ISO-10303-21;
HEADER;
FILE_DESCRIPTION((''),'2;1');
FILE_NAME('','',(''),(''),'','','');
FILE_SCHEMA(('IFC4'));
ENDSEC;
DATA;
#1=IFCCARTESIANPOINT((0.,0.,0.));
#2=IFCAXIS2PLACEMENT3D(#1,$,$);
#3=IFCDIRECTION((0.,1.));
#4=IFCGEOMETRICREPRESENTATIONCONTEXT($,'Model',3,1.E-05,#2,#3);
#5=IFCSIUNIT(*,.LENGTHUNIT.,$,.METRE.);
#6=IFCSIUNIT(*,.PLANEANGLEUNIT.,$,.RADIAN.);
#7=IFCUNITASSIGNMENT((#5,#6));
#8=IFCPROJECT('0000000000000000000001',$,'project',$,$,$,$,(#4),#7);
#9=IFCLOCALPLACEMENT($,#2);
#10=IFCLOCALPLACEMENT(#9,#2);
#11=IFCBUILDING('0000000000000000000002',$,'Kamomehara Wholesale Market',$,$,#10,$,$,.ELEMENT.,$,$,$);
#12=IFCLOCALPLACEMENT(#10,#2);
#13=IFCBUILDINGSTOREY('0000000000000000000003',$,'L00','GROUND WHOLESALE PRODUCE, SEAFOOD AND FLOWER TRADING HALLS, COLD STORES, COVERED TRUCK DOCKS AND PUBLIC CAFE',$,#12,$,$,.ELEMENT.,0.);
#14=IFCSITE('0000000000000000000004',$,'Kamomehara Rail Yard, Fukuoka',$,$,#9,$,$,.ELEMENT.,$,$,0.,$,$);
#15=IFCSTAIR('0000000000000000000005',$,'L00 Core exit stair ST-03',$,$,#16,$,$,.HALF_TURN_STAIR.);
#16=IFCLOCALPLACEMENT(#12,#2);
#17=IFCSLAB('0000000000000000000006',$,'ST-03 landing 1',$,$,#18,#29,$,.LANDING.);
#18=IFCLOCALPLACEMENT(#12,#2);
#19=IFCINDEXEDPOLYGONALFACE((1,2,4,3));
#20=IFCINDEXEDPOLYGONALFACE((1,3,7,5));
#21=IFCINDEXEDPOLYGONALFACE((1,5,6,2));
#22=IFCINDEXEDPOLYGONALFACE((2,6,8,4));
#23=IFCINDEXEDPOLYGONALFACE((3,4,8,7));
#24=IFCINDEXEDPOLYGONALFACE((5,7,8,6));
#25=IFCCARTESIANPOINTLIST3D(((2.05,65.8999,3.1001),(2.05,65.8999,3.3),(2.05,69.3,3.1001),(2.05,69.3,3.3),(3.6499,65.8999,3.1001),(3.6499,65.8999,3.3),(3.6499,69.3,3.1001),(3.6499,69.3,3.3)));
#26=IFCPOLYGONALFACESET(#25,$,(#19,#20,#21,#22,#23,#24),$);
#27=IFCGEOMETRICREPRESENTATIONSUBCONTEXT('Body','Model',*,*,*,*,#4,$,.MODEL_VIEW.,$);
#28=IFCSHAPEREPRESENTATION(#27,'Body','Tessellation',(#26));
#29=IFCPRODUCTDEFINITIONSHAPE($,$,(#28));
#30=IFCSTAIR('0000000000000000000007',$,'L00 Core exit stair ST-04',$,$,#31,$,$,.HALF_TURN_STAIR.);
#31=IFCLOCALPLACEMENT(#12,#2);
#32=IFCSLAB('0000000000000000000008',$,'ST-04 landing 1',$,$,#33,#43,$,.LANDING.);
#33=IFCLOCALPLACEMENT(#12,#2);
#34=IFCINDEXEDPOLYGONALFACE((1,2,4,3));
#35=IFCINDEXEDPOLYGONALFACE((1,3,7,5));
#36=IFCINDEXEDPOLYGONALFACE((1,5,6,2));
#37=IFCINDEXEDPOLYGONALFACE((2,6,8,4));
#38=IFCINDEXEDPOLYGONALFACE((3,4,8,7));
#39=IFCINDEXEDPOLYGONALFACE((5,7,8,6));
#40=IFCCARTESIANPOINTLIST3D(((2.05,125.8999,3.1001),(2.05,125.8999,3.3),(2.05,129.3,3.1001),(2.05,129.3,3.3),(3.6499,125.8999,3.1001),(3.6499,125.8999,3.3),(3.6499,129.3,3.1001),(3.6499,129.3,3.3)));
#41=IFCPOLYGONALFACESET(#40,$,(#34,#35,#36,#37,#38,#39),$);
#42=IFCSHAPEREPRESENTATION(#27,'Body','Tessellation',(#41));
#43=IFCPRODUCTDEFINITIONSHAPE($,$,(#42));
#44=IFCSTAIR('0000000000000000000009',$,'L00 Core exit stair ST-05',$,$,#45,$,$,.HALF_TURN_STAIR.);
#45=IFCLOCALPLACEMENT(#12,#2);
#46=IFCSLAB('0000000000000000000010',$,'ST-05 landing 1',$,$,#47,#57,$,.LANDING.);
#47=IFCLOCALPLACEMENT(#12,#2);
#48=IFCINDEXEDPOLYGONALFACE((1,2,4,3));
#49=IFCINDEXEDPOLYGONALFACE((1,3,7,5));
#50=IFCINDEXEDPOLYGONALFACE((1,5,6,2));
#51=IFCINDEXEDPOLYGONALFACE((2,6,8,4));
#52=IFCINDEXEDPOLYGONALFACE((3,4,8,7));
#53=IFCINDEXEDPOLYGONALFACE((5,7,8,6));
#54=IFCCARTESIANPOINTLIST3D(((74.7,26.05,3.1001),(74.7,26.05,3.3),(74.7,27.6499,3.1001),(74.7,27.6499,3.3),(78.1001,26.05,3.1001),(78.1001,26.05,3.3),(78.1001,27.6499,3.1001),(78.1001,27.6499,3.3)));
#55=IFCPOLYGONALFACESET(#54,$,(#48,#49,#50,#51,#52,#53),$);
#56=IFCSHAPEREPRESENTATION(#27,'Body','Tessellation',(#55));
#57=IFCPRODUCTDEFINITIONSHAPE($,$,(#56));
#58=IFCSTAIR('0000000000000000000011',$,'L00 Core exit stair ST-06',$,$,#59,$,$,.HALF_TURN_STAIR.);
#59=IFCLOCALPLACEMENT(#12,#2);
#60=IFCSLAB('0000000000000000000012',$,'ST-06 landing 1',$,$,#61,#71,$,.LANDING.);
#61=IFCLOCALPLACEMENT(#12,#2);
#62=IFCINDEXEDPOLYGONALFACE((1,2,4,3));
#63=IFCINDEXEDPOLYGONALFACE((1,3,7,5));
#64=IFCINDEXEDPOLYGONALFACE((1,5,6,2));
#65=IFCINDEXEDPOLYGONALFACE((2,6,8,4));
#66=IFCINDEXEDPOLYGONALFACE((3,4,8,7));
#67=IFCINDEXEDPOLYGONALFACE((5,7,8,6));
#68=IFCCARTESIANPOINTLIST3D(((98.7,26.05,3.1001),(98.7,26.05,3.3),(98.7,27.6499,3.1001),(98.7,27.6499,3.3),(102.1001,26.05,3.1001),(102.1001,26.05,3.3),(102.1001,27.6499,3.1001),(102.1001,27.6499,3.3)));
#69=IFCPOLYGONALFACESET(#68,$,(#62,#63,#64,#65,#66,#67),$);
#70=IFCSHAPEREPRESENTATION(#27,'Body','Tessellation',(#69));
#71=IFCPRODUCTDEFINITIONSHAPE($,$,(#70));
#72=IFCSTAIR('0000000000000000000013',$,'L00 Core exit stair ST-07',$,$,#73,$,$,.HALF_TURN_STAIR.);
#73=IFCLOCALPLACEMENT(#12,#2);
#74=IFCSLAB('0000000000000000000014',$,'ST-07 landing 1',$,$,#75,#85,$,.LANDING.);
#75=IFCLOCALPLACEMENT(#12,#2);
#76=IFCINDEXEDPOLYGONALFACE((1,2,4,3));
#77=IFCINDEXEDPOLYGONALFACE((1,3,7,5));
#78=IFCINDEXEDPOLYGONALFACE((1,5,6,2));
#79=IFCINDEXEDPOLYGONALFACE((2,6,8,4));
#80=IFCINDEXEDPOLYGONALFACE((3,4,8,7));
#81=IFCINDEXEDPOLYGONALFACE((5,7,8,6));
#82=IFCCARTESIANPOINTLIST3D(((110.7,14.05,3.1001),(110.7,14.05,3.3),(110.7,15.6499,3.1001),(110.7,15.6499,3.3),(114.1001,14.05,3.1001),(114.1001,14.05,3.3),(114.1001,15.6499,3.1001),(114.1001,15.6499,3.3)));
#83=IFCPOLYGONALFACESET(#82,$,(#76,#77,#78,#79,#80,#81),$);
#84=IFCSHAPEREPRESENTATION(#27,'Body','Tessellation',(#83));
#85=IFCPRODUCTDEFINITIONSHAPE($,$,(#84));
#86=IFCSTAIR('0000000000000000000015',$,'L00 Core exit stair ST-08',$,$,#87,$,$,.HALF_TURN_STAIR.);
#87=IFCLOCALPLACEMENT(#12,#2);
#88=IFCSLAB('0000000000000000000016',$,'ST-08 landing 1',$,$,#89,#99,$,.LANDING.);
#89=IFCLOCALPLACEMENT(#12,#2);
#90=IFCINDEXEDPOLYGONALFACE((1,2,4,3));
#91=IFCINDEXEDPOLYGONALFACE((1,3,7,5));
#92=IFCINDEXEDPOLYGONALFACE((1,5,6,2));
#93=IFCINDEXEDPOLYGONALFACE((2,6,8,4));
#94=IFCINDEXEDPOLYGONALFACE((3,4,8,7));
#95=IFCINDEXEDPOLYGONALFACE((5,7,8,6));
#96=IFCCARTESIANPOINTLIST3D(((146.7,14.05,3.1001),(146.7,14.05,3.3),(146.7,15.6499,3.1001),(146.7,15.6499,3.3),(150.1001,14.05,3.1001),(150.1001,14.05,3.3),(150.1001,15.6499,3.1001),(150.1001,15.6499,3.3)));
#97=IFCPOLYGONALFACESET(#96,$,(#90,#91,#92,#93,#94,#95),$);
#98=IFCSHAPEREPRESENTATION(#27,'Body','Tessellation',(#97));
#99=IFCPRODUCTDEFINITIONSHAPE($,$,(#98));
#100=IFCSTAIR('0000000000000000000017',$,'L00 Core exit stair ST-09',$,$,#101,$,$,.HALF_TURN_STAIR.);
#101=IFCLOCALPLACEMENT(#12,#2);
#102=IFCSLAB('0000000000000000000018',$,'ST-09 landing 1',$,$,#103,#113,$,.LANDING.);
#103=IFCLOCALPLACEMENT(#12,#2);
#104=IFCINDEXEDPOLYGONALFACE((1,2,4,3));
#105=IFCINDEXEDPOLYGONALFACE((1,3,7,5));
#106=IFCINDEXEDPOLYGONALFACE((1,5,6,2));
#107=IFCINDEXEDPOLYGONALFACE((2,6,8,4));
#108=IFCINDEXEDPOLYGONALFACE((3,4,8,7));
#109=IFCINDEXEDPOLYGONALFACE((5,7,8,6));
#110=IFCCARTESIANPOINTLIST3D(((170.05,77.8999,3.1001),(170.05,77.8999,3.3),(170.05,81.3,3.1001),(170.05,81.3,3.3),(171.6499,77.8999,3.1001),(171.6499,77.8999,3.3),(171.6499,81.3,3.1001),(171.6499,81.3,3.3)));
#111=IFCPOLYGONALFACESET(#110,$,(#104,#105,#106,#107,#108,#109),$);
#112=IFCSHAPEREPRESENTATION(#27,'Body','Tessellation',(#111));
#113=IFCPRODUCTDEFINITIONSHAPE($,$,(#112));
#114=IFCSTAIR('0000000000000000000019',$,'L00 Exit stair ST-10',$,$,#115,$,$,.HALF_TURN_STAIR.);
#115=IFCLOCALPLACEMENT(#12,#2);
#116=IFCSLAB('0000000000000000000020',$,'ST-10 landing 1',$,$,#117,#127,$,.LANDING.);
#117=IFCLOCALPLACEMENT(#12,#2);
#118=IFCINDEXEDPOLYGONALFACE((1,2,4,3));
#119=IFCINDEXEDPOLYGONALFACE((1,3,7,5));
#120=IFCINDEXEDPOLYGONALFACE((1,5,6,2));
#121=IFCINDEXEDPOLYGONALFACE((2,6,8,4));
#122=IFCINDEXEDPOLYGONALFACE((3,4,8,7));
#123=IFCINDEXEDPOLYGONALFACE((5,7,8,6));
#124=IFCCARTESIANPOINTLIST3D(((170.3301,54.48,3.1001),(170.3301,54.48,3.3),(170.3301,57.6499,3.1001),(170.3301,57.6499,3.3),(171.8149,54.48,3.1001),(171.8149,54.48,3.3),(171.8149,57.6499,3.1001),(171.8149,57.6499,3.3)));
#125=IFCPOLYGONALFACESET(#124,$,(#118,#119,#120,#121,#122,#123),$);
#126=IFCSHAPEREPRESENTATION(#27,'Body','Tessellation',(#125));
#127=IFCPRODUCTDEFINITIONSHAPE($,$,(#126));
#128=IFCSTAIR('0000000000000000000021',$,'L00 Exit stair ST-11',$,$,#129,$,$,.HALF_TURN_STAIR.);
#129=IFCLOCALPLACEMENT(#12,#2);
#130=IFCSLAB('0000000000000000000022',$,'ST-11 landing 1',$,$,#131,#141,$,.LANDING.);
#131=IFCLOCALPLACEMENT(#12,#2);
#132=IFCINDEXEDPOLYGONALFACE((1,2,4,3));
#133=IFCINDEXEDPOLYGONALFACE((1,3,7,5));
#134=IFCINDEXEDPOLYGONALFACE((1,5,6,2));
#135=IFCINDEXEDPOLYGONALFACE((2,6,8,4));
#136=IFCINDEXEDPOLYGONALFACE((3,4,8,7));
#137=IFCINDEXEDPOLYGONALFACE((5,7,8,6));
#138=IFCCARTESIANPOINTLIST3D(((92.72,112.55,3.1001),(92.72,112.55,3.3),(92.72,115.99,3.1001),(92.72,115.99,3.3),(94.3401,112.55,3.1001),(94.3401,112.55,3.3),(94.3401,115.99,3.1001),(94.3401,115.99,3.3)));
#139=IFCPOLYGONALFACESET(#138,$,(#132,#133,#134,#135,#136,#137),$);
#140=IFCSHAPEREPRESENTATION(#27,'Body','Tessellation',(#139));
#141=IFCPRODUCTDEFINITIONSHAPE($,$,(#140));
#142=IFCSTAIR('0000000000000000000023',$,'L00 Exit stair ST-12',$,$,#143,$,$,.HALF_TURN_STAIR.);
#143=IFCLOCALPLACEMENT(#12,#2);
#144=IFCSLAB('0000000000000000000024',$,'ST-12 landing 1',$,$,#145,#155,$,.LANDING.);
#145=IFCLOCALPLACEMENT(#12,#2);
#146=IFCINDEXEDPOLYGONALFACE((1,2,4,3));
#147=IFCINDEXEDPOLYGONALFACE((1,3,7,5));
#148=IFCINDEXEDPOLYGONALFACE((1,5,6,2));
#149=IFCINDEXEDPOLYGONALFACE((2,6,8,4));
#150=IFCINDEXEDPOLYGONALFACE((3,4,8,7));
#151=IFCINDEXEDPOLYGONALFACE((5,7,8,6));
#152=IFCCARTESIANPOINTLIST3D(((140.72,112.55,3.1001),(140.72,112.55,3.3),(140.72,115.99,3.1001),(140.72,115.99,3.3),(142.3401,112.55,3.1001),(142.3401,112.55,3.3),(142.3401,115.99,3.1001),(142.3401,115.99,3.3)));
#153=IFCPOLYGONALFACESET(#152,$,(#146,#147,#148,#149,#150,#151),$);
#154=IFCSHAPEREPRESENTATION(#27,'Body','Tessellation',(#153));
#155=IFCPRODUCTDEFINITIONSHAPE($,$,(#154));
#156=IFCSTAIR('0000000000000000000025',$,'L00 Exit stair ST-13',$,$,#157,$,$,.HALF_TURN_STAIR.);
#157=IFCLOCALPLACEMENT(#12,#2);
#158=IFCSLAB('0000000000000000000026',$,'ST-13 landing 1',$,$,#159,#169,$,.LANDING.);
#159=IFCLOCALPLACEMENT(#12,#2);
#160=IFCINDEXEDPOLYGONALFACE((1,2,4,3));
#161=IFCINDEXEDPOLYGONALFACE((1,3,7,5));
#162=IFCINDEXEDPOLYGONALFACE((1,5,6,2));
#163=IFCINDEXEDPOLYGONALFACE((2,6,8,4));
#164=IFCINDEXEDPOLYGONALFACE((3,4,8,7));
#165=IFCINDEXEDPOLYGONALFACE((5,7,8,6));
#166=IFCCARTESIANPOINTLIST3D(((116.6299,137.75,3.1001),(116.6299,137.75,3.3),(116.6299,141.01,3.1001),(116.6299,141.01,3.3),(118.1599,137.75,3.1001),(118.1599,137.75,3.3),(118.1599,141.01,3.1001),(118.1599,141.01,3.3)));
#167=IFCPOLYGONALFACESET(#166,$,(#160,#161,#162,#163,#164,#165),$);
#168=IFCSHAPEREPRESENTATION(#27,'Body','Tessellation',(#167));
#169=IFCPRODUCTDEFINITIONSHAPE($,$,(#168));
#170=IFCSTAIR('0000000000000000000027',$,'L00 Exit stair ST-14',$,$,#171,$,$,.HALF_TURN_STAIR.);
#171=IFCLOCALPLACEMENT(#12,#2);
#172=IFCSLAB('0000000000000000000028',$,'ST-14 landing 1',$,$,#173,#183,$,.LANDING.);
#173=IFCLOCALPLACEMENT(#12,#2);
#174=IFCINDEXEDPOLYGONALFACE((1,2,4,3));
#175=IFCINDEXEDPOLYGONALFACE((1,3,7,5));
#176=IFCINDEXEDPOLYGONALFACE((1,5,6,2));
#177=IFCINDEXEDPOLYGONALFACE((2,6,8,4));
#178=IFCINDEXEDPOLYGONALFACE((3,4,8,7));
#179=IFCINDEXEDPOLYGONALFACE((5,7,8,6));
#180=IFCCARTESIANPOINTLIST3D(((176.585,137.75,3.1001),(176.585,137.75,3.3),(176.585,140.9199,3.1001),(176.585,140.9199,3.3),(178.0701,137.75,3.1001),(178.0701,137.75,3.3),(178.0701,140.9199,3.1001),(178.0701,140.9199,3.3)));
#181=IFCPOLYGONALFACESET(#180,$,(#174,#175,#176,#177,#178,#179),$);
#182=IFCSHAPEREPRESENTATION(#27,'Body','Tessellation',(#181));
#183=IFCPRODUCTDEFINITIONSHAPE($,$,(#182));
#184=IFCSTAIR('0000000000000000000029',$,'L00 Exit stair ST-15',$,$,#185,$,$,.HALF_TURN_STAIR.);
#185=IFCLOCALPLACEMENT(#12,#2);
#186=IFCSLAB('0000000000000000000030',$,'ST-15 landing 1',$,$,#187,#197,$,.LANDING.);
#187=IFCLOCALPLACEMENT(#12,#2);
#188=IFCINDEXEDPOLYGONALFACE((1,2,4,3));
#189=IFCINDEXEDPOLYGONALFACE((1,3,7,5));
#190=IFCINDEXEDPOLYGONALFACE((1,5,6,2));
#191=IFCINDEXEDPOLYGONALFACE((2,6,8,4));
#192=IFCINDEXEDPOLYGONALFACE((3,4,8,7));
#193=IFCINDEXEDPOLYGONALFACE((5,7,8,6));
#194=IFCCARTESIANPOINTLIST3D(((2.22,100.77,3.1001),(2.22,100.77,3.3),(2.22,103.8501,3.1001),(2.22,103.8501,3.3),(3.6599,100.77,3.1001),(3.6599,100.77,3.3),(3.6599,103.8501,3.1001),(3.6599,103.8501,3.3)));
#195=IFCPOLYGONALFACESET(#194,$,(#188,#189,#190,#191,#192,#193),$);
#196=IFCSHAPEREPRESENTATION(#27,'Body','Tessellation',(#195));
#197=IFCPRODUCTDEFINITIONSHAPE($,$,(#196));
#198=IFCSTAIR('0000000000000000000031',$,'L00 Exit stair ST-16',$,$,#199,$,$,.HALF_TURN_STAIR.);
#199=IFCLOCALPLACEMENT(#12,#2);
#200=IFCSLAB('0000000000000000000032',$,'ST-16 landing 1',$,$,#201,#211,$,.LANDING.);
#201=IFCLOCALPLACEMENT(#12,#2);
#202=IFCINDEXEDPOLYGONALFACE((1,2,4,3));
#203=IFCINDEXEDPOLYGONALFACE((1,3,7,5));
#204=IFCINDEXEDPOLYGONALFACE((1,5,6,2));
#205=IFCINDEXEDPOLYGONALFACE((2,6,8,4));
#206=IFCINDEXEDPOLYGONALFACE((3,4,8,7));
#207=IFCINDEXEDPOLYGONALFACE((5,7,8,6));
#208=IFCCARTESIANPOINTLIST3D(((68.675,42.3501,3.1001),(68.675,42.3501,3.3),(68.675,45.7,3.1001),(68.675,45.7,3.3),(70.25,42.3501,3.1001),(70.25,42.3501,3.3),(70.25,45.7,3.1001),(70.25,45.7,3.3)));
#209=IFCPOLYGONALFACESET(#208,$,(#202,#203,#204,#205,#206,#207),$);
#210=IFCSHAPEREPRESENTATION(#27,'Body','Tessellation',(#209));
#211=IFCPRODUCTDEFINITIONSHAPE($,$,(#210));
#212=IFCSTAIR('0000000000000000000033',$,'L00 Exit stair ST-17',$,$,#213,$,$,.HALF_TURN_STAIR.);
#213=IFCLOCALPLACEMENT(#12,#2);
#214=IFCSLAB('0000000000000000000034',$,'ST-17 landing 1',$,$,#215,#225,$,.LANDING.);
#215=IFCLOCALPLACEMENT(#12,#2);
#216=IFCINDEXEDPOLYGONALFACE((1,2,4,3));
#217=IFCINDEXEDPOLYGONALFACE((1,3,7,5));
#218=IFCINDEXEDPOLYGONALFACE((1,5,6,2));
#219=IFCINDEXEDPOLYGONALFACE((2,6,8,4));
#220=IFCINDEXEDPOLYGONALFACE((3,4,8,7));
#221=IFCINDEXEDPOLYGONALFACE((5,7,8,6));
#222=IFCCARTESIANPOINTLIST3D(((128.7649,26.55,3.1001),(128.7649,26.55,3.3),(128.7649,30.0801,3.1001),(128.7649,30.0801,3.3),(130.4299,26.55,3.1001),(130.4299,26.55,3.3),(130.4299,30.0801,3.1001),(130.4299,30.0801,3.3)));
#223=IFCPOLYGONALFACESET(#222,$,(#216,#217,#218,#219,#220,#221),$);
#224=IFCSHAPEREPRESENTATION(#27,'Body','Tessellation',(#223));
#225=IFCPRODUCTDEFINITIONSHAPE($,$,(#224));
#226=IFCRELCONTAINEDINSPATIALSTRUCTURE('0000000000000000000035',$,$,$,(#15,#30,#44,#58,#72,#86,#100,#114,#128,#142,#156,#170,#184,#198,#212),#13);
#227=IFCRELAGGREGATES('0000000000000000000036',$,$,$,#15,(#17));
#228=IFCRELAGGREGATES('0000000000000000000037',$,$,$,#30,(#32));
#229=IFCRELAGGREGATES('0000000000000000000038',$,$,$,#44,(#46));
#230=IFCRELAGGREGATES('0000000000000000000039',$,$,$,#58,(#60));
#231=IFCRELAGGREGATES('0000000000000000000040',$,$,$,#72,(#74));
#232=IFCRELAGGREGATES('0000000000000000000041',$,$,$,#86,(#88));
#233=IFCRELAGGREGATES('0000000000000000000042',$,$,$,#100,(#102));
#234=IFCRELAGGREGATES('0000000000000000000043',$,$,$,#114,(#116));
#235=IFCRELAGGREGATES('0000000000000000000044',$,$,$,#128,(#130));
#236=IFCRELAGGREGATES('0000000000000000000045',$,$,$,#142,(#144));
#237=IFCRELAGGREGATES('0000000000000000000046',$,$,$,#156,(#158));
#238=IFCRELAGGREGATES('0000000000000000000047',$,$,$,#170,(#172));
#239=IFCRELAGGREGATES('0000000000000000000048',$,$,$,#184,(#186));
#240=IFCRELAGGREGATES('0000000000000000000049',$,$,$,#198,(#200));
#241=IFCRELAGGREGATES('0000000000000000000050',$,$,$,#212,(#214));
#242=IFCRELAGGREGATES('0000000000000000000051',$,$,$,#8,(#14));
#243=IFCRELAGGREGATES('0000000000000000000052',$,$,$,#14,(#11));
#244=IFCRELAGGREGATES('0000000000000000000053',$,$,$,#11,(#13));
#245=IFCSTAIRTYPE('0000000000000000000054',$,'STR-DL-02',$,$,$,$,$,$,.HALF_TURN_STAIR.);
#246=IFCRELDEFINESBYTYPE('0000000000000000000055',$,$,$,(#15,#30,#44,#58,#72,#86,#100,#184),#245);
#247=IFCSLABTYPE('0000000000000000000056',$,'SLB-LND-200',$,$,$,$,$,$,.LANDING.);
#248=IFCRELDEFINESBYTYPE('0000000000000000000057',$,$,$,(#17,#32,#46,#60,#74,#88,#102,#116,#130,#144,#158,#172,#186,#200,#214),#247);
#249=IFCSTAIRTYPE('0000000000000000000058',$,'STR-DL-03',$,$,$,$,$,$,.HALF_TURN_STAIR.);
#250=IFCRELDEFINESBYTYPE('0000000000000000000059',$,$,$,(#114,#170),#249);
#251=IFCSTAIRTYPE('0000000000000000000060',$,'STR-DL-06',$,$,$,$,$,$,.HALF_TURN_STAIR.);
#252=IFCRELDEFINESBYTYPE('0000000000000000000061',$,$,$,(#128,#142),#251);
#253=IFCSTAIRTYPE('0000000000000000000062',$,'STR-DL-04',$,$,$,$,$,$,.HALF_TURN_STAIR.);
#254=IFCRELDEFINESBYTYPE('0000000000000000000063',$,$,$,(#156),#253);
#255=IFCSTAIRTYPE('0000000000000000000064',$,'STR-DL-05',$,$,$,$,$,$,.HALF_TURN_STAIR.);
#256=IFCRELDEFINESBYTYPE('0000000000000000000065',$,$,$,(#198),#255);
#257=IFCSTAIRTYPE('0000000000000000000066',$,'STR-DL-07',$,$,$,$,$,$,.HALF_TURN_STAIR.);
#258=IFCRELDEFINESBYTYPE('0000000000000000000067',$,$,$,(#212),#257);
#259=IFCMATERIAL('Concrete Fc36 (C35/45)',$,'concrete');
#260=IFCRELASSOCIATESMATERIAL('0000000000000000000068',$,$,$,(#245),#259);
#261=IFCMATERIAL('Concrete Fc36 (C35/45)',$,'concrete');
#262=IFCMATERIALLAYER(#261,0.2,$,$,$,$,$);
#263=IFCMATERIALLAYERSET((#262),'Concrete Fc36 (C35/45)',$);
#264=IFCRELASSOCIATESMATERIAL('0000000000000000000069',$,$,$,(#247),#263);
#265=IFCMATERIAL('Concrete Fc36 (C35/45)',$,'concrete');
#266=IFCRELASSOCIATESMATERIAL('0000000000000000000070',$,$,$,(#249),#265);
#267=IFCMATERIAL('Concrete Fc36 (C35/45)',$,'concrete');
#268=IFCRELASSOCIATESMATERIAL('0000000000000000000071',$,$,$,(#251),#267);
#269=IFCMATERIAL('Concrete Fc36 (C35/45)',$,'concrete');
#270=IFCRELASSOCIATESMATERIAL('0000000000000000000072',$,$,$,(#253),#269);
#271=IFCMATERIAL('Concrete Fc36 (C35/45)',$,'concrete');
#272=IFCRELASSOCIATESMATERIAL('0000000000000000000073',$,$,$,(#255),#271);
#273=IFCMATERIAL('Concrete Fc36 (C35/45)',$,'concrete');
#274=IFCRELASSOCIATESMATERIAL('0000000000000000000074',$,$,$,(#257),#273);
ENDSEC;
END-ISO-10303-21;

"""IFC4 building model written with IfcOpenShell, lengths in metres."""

from ifc_helpers import new_model, si_unit, direction, frame, origin, place, context, subcontext, project, spatial, polyline, outline, extrude, material, layer, layer_set, type_object, element, aggregate, save


model = new_model("IFC4")

# Units and contexts
model_context = context("Model", 3, precision=1e-05, world=origin(), true_north=direction((0.0, 1.0)))
body_context = subcontext(model_context, "Body", "Model", "MODEL_VIEW")
ifc_project = project(units=[si_unit("LENGTHUNIT", "METRE"), si_unit("PLANEANGLEUNIT", "RADIAN")], contexts=[model_context])

# Site, building, storey
site_placement = place(None, origin())
site = spatial("IfcSite", under=ifc_project, at=site_placement, Name="Kamomehara Rail Yard, Fukuoka", CompositionType="ELEMENT", RefElevation=0.0)
building_placement = place(site_placement, origin())
building = spatial("IfcBuilding", under=site, at=building_placement, Name="Kamomehara Wholesale Market", CompositionType="ELEMENT")
storey_placement = place(building_placement, origin())
storey = spatial("IfcBuildingStorey", under=building, at=storey_placement, Name="L00", Description="GROUND WHOLESALE PRODUCE, SEAFOOD AND FLOWER TRADING HALLS, COLD STORES, COVERED TRUCK DOCKS AND PUBLIC CAFE", CompositionType="ELEMENT", Elevation=0.0)

# Stairs, slabs
ifc_material_1 = material(Name="Concrete Fc36 (C35/45)", Category="concrete")
stair_type_1 = type_object("IfcStairType", Name="STR-DL-02", PredefinedType="HALF_TURN_STAIR", material=ifc_material_1)
stair_1_placement = place(storey_placement, origin())
stair_1 = element("IfcStair", 1, at=stair_1_placement, inside=storey, type_object=stair_type_1, Name="L00 Core exit stair ST-03", PredefinedType="HALF_TURN_STAIR")
ifc_material_2 = material(Name="Concrete Fc36 (C35/45)", Category="concrete")
ifc_layer_1 = layer(ifc_material_2, 0.2)
ifc_layer_set_1 = layer_set([ifc_layer_1], Name="Concrete Fc36 (C35/45)")
slab_type_1 = type_object("IfcSlabType", Name="SLB-LND-200", PredefinedType="LANDING", material=ifc_layer_set_1)
slab_1_placement = place(storey_placement, frame((0.0, 0.0, 3.1001)))
slab_1 = element("IfcSlab", 2, at=slab_1_placement, type_object=slab_type_1, Name="ST-03 landing 1", PredefinedType="LANDING", context=body_context, shape_type="SweptSolid", body=[
    extrude(outline(polyline([(3.6499, 69.3), (2.05, 69.3), (2.05, 65.8999), (3.6499, 65.8999), (3.6499, 69.3)])), origin(), (0.0, 0.0, 1.0), 0.2),
])
aggregate(stair_1, [slab_1])
stair_2_placement = place(storey_placement, origin())
stair_2 = element("IfcStair", 3, at=stair_2_placement, inside=storey, type_object=stair_type_1, Name="L00 Core exit stair ST-04", PredefinedType="HALF_TURN_STAIR")
slab_2_placement = place(storey_placement, frame((0.0, 0.0, 3.1001)))
slab_2 = element("IfcSlab", 4, at=slab_2_placement, type_object=slab_type_1, Name="ST-04 landing 1", PredefinedType="LANDING", context=body_context, shape_type="SweptSolid", body=[
    extrude(outline(polyline([(3.6499, 129.3), (2.05, 129.3), (2.05, 125.8999), (3.6499, 125.8999), (3.6499, 129.3)])), origin(), (0.0, 0.0, 1.0), 0.2),
])
aggregate(stair_2, [slab_2])
stair_3_placement = place(storey_placement, origin())
stair_3 = element("IfcStair", 5, at=stair_3_placement, inside=storey, type_object=stair_type_1, Name="L00 Core exit stair ST-05", PredefinedType="HALF_TURN_STAIR")
slab_3_placement = place(storey_placement, frame((0.0, 0.0, 3.1001)))
slab_3 = element("IfcSlab", 6, at=slab_3_placement, type_object=slab_type_1, Name="ST-05 landing 1", PredefinedType="LANDING", context=body_context, shape_type="SweptSolid", body=[
    extrude(outline(polyline([(74.7, 27.6499), (74.7, 26.05), (78.1001, 26.05), (78.1001, 27.6499), (74.7, 27.6499)])), origin(), (0.0, 0.0, 1.0), 0.2),
])
aggregate(stair_3, [slab_3])
stair_4_placement = place(storey_placement, origin())
stair_4 = element("IfcStair", 7, at=stair_4_placement, inside=storey, type_object=stair_type_1, Name="L00 Core exit stair ST-06", PredefinedType="HALF_TURN_STAIR")
slab_4_placement = place(storey_placement, frame((0.0, 0.0, 3.1001)))
slab_4 = element("IfcSlab", 8, at=slab_4_placement, type_object=slab_type_1, Name="ST-06 landing 1", PredefinedType="LANDING", context=body_context, shape_type="SweptSolid", body=[
    extrude(outline(polyline([(98.7, 27.6499), (98.7, 26.05), (102.1001, 26.05), (102.1001, 27.6499), (98.7, 27.6499)])), origin(), (0.0, 0.0, 1.0), 0.2),
])
aggregate(stair_4, [slab_4])
stair_5_placement = place(storey_placement, origin())
stair_5 = element("IfcStair", 9, at=stair_5_placement, inside=storey, type_object=stair_type_1, Name="L00 Core exit stair ST-07", PredefinedType="HALF_TURN_STAIR")
slab_5_placement = place(storey_placement, frame((0.0, 0.0, 3.1001)))
slab_5 = element("IfcSlab", 10, at=slab_5_placement, type_object=slab_type_1, Name="ST-07 landing 1", PredefinedType="LANDING", context=body_context, shape_type="SweptSolid", body=[
    extrude(outline(polyline([(110.7, 15.6499), (110.7, 14.05), (114.1001, 14.05), (114.1001, 15.6499), (110.7, 15.6499)])), origin(), (0.0, 0.0, 1.0), 0.2),
])
aggregate(stair_5, [slab_5])
stair_6_placement = place(storey_placement, origin())
stair_6 = element("IfcStair", 11, at=stair_6_placement, inside=storey, type_object=stair_type_1, Name="L00 Core exit stair ST-08", PredefinedType="HALF_TURN_STAIR")
slab_6_placement = place(storey_placement, frame((0.0, 0.0, 3.1001)))
slab_6 = element("IfcSlab", 12, at=slab_6_placement, type_object=slab_type_1, Name="ST-08 landing 1", PredefinedType="LANDING", context=body_context, shape_type="SweptSolid", body=[
    extrude(outline(polyline([(146.7, 15.6499), (146.7, 14.05), (150.1001, 14.05), (150.1001, 15.6499), (146.7, 15.6499)])), origin(), (0.0, 0.0, 1.0), 0.2),
])
aggregate(stair_6, [slab_6])
stair_7_placement = place(storey_placement, origin())
stair_7 = element("IfcStair", 13, at=stair_7_placement, inside=storey, type_object=stair_type_1, Name="L00 Core exit stair ST-09", PredefinedType="HALF_TURN_STAIR")
slab_7_placement = place(storey_placement, frame((0.0, 0.0, 3.1001)))
slab_7 = element("IfcSlab", 14, at=slab_7_placement, type_object=slab_type_1, Name="ST-09 landing 1", PredefinedType="LANDING", context=body_context, shape_type="SweptSolid", body=[
    extrude(outline(polyline([(171.6499, 81.3), (170.05, 81.3), (170.05, 77.8999), (171.6499, 77.8999), (171.6499, 81.3)])), origin(), (0.0, 0.0, 1.0), 0.2),
])
aggregate(stair_7, [slab_7])
ifc_material_3 = material(Name="Concrete Fc36 (C35/45)", Category="concrete")
stair_type_2 = type_object("IfcStairType", Name="STR-DL-03", PredefinedType="HALF_TURN_STAIR", material=ifc_material_3)
stair_8_placement = place(storey_placement, origin())
stair_8 = element("IfcStair", 15, at=stair_8_placement, inside=storey, type_object=stair_type_2, Name="L00 Exit stair ST-10", PredefinedType="HALF_TURN_STAIR")
slab_8_placement = place(storey_placement, frame((0.0, 0.0, 3.1001)))
slab_8 = element("IfcSlab", 16, at=slab_8_placement, type_object=slab_type_1, Name="ST-10 landing 1", PredefinedType="LANDING", context=body_context, shape_type="SweptSolid", body=[
    extrude(outline(polyline([(171.8149, 57.6499), (170.3301, 57.6499), (170.3301, 54.48), (171.8149, 54.48), (171.8149, 57.6499)])), origin(), (0.0, 0.0, 1.0), 0.2),
])
aggregate(stair_8, [slab_8])
ifc_material_4 = material(Name="Concrete Fc36 (C35/45)", Category="concrete")
stair_type_3 = type_object("IfcStairType", Name="STR-DL-06", PredefinedType="HALF_TURN_STAIR", material=ifc_material_4)
stair_9_placement = place(storey_placement, origin())
stair_9 = element("IfcStair", 17, at=stair_9_placement, inside=storey, type_object=stair_type_3, Name="L00 Exit stair ST-11", PredefinedType="HALF_TURN_STAIR")
slab_9_placement = place(storey_placement, frame((0.0, 0.0, 3.1001)))
slab_9 = element("IfcSlab", 18, at=slab_9_placement, type_object=slab_type_1, Name="ST-11 landing 1", PredefinedType="LANDING", context=body_context, shape_type="SweptSolid", body=[
    extrude(outline(polyline([(92.72, 112.55), (94.3401, 112.55), (94.3401, 115.99), (92.72, 115.99), (92.72, 112.55)])), origin(), (0.0, 0.0, 1.0), 0.2),
])
aggregate(stair_9, [slab_9])
stair_10_placement = place(storey_placement, origin())
stair_10 = element("IfcStair", 19, at=stair_10_placement, inside=storey, type_object=stair_type_3, Name="L00 Exit stair ST-12", PredefinedType="HALF_TURN_STAIR")
slab_10_placement = place(storey_placement, frame((0.0, 0.0, 3.1001)))
slab_10 = element("IfcSlab", 20, at=slab_10_placement, type_object=slab_type_1, Name="ST-12 landing 1", PredefinedType="LANDING", context=body_context, shape_type="SweptSolid", body=[
    extrude(outline(polyline([(140.72, 112.55), (142.3401, 112.55), (142.3401, 115.99), (140.72, 115.99), (140.72, 112.55)])), origin(), (0.0, 0.0, 1.0), 0.2),
])
aggregate(stair_10, [slab_10])
ifc_material_5 = material(Name="Concrete Fc36 (C35/45)", Category="concrete")
stair_type_4 = type_object("IfcStairType", Name="STR-DL-04", PredefinedType="HALF_TURN_STAIR", material=ifc_material_5)
stair_11_placement = place(storey_placement, origin())
stair_11 = element("IfcStair", 21, at=stair_11_placement, inside=storey, type_object=stair_type_4, Name="L00 Exit stair ST-13", PredefinedType="HALF_TURN_STAIR")
slab_11_placement = place(storey_placement, frame((0.0, 0.0, 3.1001)))
slab_11 = element("IfcSlab", 22, at=slab_11_placement, type_object=slab_type_1, Name="ST-13 landing 1", PredefinedType="LANDING", context=body_context, shape_type="SweptSolid", body=[
    extrude(outline(polyline([(116.6299, 137.75), (118.1599, 137.75), (118.1599, 141.01), (116.6299, 141.01), (116.6299, 137.75)])), origin(), (0.0, 0.0, 1.0), 0.2),
])
aggregate(stair_11, [slab_11])
stair_12_placement = place(storey_placement, origin())
stair_12 = element("IfcStair", 23, at=stair_12_placement, inside=storey, type_object=stair_type_2, Name="L00 Exit stair ST-14", PredefinedType="HALF_TURN_STAIR")
slab_12_placement = place(storey_placement, frame((0.0, 0.0, 3.1001)))
slab_12 = element("IfcSlab", 24, at=slab_12_placement, type_object=slab_type_1, Name="ST-14 landing 1", PredefinedType="LANDING", context=body_context, shape_type="SweptSolid", body=[
    extrude(outline(polyline([(176.585, 137.75), (178.0701, 137.75), (178.0701, 140.9199), (176.585, 140.9199), (176.585, 137.75)])), origin(), (0.0, 0.0, 1.0), 0.2),
])
aggregate(stair_12, [slab_12])
stair_13_placement = place(storey_placement, origin())
stair_13 = element("IfcStair", 25, at=stair_13_placement, inside=storey, type_object=stair_type_1, Name="L00 Exit stair ST-15", PredefinedType="HALF_TURN_STAIR")
slab_13_placement = place(storey_placement, frame((0.0, 0.0, 3.1001)))
slab_13 = element("IfcSlab", 26, at=slab_13_placement, type_object=slab_type_1, Name="ST-15 landing 1", PredefinedType="LANDING", context=body_context, shape_type="SweptSolid", body=[
    extrude(outline(polyline([(3.6599, 103.8501), (2.22, 103.8501), (2.22, 100.77), (3.6599, 100.77), (3.6599, 103.8501)])), origin(), (0.0, 0.0, 1.0), 0.2),
])
aggregate(stair_13, [slab_13])
ifc_material_6 = material(Name="Concrete Fc36 (C35/45)", Category="concrete")
stair_type_5 = type_object("IfcStairType", Name="STR-DL-05", PredefinedType="HALF_TURN_STAIR", material=ifc_material_6)
stair_14_placement = place(storey_placement, origin())
stair_14 = element("IfcStair", 27, at=stair_14_placement, inside=storey, type_object=stair_type_5, Name="L00 Exit stair ST-16", PredefinedType="HALF_TURN_STAIR")
slab_14_placement = place(storey_placement, frame((0.0, 0.0, 3.1001)))
slab_14 = element("IfcSlab", 28, at=slab_14_placement, type_object=slab_type_1, Name="ST-16 landing 1", PredefinedType="LANDING", context=body_context, shape_type="SweptSolid", body=[
    extrude(outline(polyline([(68.675, 42.3501), (70.25, 42.3501), (70.25, 45.7), (68.675, 45.7), (68.675, 42.3501)])), origin(), (0.0, 0.0, 1.0), 0.2),
])
aggregate(stair_14, [slab_14])
ifc_material_7 = material(Name="Concrete Fc36 (C35/45)", Category="concrete")
stair_type_6 = type_object("IfcStairType", Name="STR-DL-07", PredefinedType="HALF_TURN_STAIR", material=ifc_material_7)
stair_15_placement = place(storey_placement, origin())
stair_15 = element("IfcStair", 29, at=stair_15_placement, inside=storey, type_object=stair_type_6, Name="L00 Exit stair ST-17", PredefinedType="HALF_TURN_STAIR")
slab_15_placement = place(storey_placement, frame((0.0, 0.0, 3.1001)))
slab_15 = element("IfcSlab", 30, at=slab_15_placement, type_object=slab_type_1, Name="ST-17 landing 1", PredefinedType="LANDING", context=body_context, shape_type="SweptSolid", body=[
    extrude(outline(polyline([(128.7649, 26.55), (130.4299, 26.55), (130.4299, 30.0801), (128.7649, 30.0801), (128.7649, 26.55)])), origin(), (0.0, 0.0, 1.0), 0.2),
])
aggregate(stair_15, [slab_15])

save(model, "model.ifc")
